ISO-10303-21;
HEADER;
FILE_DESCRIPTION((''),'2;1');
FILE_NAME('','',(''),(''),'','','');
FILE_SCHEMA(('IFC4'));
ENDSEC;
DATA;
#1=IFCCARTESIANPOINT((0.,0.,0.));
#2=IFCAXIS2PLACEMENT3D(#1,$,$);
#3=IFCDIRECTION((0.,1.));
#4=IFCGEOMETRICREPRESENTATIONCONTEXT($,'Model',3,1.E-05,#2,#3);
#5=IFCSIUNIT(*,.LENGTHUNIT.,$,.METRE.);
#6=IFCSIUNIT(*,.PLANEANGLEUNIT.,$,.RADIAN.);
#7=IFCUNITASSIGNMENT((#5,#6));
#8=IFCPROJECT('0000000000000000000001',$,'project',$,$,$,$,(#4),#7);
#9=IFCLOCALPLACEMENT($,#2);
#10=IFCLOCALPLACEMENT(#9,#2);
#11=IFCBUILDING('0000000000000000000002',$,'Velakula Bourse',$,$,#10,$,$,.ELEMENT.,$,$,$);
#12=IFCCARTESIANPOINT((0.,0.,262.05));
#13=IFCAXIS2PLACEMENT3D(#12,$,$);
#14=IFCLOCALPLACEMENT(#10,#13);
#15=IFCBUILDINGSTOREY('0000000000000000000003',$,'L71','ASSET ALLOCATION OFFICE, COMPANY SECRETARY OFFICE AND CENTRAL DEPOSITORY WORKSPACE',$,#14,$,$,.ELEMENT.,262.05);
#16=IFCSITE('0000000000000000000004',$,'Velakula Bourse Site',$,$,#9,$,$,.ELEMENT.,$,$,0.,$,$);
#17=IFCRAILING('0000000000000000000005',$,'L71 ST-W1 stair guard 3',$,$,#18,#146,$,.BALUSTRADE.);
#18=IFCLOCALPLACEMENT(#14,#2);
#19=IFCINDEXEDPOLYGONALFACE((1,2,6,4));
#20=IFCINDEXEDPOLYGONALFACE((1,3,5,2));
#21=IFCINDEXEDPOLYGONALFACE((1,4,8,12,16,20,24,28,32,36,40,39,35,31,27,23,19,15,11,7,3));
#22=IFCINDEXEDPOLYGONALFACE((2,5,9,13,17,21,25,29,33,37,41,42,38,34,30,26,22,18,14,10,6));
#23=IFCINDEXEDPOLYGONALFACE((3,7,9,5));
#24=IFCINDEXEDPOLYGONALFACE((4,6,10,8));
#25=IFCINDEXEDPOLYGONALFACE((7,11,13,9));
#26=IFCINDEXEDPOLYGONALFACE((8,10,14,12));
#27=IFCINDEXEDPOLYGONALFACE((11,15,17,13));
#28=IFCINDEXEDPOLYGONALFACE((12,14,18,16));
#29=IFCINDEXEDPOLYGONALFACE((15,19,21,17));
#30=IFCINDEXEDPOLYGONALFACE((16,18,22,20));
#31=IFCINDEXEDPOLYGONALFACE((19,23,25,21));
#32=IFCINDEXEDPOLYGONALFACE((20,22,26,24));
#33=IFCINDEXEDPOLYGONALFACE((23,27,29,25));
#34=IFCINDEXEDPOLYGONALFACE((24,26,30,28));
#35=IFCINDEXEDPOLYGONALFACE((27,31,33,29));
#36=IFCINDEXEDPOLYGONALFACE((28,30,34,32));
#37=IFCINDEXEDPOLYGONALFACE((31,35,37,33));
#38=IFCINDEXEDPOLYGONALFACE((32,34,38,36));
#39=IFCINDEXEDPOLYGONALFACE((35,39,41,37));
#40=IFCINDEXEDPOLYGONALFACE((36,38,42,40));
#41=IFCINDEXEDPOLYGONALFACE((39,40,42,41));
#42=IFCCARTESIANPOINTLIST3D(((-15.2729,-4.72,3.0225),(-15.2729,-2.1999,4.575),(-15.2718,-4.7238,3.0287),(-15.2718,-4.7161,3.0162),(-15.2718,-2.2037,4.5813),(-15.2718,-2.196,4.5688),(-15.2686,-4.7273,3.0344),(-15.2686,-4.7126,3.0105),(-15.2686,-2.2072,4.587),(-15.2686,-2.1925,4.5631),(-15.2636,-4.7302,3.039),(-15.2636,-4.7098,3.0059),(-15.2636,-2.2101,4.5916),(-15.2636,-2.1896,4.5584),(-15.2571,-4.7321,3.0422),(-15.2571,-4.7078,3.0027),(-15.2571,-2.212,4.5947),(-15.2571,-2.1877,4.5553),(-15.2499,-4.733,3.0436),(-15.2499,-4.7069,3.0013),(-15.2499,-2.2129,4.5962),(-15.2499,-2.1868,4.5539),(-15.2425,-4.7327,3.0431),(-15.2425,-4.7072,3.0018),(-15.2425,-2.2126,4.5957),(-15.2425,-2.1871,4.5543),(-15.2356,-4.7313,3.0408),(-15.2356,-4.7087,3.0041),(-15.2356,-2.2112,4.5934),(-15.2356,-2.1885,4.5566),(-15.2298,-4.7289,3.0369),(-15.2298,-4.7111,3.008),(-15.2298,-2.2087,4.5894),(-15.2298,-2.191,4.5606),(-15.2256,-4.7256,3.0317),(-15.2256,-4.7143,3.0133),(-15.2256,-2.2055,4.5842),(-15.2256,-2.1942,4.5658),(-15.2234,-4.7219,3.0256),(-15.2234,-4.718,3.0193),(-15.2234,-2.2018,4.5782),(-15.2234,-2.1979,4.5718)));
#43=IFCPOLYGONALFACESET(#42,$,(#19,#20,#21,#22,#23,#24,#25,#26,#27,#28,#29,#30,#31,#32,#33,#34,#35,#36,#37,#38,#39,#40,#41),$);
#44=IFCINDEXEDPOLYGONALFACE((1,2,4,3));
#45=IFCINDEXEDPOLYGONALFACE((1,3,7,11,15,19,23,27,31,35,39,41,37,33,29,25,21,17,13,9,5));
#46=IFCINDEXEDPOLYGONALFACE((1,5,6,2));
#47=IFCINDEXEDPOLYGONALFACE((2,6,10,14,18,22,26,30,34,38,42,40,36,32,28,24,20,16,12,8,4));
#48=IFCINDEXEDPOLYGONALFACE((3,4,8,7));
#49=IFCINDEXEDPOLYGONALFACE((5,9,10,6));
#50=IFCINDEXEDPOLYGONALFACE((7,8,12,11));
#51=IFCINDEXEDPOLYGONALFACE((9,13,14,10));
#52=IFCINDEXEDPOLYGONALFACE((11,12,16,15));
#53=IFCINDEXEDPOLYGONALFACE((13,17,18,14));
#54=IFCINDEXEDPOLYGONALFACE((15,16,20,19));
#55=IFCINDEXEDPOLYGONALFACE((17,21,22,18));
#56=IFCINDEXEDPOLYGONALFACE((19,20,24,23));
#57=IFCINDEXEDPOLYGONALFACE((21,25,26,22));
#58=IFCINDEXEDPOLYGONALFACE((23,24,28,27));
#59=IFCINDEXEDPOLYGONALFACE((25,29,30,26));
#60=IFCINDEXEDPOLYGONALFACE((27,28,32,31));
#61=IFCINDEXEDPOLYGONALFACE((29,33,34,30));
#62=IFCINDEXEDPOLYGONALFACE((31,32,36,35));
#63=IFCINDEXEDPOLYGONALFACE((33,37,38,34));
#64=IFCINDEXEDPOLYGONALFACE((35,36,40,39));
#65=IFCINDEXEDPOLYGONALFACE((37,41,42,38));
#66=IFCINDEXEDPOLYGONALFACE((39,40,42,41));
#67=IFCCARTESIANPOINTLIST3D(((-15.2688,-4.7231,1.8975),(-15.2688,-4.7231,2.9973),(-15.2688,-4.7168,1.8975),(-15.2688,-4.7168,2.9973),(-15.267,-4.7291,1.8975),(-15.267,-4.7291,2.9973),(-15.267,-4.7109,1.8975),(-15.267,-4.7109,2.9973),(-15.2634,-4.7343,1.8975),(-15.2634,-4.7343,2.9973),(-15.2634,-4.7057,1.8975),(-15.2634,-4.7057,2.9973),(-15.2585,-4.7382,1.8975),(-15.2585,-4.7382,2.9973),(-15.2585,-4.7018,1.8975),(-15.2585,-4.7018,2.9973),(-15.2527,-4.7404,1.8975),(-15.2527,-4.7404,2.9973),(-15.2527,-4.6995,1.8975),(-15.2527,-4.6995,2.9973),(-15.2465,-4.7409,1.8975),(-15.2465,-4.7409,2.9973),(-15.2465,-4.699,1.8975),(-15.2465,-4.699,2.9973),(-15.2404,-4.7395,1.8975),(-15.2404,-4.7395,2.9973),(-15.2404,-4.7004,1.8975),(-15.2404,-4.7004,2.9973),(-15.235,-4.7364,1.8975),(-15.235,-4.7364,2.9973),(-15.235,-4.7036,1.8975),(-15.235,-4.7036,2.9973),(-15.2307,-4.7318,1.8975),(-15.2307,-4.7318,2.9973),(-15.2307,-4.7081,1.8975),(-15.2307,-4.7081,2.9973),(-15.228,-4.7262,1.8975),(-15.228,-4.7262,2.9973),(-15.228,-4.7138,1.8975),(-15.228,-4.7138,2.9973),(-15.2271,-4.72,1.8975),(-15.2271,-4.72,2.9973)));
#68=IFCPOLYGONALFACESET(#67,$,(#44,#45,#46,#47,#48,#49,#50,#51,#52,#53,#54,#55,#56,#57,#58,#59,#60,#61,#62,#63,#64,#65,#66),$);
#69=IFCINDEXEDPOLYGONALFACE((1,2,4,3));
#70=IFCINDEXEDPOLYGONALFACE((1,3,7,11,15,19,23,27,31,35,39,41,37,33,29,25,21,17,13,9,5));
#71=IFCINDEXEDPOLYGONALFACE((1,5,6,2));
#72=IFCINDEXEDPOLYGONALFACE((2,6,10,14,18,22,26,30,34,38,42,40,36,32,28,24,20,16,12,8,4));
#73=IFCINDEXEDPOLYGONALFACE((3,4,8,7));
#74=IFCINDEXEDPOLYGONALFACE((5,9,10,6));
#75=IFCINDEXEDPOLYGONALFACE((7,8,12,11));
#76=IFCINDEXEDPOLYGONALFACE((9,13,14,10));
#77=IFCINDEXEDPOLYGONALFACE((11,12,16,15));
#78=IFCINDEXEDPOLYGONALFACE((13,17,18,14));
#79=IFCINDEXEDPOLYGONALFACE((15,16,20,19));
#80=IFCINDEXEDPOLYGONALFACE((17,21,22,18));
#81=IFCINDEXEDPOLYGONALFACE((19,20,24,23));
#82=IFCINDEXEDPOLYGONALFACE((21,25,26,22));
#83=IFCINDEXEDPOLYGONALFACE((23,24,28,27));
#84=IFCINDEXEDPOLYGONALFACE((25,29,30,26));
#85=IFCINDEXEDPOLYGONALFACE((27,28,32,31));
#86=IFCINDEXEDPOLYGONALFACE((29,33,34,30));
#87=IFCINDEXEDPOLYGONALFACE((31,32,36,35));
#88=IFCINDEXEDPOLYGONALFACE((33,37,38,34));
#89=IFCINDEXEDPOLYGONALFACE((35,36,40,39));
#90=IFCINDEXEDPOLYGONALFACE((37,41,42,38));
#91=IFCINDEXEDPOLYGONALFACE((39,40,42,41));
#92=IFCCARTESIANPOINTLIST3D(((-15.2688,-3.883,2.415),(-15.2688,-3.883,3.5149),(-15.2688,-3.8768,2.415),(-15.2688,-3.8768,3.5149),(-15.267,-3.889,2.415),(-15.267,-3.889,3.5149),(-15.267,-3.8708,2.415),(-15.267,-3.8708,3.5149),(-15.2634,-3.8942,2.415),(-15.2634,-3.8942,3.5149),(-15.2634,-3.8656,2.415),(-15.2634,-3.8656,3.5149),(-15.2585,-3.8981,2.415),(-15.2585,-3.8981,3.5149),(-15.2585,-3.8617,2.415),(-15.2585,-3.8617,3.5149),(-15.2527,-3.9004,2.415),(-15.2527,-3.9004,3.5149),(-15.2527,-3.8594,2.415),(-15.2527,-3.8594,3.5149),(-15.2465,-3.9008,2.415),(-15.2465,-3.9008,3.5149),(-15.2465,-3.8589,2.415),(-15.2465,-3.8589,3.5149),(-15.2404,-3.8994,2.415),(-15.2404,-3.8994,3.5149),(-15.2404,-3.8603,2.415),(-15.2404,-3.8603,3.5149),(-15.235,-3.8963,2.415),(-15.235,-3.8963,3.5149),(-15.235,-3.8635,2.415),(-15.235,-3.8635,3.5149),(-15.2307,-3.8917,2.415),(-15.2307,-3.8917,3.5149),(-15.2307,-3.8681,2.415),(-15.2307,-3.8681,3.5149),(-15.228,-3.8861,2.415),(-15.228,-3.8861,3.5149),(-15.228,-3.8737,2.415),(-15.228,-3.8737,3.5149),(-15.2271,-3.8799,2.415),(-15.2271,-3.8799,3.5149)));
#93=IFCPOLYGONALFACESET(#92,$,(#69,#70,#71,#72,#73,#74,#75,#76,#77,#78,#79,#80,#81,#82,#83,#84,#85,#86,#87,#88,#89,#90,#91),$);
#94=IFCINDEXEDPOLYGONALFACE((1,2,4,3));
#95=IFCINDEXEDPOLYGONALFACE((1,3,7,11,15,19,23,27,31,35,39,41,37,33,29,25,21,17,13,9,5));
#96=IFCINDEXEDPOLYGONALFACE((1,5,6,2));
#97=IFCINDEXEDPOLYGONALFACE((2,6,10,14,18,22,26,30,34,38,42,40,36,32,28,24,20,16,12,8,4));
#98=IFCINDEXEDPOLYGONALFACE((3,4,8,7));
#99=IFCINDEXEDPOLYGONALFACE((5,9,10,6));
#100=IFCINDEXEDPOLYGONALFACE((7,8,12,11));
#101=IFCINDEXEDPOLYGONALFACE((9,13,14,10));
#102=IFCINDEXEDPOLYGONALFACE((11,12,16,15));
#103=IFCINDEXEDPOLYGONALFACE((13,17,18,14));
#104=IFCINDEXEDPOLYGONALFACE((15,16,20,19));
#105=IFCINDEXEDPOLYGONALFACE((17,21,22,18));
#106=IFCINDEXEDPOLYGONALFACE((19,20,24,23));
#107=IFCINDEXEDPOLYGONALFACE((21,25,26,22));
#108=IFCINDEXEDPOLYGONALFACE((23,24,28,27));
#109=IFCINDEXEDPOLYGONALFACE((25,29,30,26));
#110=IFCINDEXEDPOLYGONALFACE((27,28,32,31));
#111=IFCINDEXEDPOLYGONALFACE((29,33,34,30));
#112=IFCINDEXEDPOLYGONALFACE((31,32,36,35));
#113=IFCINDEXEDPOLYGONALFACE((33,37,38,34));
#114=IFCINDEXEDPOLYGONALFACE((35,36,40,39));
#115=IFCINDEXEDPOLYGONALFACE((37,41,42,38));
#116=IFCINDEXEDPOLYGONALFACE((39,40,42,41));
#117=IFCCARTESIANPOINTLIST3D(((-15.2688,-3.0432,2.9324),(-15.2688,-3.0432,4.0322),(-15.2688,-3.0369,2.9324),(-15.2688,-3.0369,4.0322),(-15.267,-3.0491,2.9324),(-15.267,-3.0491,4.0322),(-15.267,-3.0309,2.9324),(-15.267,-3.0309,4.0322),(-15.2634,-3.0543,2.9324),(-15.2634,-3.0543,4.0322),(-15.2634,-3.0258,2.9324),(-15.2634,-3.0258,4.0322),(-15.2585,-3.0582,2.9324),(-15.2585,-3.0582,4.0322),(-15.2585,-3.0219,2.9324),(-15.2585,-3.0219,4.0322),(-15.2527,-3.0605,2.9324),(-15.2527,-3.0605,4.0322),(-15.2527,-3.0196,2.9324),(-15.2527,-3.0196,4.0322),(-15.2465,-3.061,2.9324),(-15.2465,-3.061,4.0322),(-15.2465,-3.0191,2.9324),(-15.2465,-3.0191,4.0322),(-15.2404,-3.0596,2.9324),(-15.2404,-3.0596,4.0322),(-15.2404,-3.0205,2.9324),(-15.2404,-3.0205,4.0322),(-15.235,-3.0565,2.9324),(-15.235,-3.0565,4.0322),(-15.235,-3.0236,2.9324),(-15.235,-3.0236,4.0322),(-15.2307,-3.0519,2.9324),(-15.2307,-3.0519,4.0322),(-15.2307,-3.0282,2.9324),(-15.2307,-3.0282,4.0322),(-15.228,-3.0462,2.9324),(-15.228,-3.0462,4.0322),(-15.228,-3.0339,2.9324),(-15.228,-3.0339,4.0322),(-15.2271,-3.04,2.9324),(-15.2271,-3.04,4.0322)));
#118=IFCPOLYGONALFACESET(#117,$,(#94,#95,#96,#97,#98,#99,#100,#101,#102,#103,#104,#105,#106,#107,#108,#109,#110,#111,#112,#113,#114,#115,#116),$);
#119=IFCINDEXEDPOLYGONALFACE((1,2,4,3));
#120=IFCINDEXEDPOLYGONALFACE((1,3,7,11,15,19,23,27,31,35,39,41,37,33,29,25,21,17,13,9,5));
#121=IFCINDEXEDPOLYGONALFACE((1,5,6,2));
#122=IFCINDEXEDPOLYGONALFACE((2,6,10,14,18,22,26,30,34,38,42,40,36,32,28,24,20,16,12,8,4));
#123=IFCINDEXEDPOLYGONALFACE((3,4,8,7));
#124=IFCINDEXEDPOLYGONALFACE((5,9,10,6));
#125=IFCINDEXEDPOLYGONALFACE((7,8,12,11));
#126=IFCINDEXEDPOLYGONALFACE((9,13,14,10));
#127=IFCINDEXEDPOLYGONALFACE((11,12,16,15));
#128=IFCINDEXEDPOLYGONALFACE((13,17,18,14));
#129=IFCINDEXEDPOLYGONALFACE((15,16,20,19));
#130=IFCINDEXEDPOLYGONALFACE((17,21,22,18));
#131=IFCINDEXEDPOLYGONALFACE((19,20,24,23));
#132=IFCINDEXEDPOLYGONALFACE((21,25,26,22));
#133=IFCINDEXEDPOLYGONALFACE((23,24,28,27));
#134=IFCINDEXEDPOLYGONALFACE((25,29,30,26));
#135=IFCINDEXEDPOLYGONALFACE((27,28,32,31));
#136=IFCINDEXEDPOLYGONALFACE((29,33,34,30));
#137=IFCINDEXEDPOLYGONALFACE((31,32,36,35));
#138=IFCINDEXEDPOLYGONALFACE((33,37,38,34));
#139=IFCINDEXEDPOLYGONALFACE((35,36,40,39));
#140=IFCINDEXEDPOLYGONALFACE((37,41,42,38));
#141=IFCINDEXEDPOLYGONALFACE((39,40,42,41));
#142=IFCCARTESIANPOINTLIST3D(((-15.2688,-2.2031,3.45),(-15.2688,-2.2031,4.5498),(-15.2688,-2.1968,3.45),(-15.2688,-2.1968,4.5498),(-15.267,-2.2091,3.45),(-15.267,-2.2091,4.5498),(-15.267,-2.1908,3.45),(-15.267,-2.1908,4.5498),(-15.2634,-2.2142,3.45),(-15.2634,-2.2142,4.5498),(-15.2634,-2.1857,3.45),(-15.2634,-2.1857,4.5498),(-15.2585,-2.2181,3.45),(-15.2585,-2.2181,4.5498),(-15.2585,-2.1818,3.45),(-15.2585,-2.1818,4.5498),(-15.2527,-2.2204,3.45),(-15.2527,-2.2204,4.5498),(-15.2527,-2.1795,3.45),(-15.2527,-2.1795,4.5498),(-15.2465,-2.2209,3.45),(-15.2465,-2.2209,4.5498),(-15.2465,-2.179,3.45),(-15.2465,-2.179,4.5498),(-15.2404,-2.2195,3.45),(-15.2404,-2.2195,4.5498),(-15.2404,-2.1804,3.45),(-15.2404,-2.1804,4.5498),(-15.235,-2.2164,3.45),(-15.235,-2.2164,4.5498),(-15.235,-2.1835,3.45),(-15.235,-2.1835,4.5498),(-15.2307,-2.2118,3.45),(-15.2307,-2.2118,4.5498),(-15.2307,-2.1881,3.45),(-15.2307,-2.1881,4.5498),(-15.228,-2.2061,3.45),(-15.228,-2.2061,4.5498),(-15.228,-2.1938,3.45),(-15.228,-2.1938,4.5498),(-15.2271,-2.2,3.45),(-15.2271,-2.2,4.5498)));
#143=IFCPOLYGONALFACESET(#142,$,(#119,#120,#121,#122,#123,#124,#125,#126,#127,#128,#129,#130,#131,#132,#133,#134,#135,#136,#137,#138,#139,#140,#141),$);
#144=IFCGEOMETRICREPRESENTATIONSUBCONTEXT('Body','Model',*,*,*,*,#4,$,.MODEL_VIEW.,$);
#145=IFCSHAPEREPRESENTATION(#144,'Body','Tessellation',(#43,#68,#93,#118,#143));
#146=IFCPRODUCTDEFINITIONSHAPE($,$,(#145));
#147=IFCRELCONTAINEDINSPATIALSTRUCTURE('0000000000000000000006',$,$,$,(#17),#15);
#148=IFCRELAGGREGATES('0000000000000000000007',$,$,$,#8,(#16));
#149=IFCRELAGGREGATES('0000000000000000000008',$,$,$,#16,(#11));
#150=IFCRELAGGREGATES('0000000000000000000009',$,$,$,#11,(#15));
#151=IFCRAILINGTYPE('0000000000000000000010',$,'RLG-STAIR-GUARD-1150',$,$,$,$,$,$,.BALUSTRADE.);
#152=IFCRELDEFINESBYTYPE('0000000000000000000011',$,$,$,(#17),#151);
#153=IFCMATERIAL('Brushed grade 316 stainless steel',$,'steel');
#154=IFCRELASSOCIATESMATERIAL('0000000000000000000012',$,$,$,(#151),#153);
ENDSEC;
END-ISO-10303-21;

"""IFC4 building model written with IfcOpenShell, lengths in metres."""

from ifc_helpers import new_model, si_unit, direction, frame, origin, origin_2d, place, context, subcontext, project, spatial, circle, extrude, material, type_object, element, save


model = new_model("IFC4")

# Units and contexts
model_context = context("Model", 3, precision=1e-05, world=origin(), true_north=direction((0.0, 1.0)))
body_context = subcontext(model_context, "Body", "Model", "MODEL_VIEW")
ifc_project = project(units=[si_unit("LENGTHUNIT", "METRE"), si_unit("PLANEANGLEUNIT", "RADIAN")], contexts=[model_context])

# Site, building, storey
site_placement = place(None, origin())
site = spatial("IfcSite", under=ifc_project, at=site_placement, Name="Velakula Bourse Site", CompositionType="ELEMENT", RefElevation=0.0)
building_placement = place(site_placement, origin())
building = spatial("IfcBuilding", under=site, at=building_placement, Name="Velakula Bourse", CompositionType="ELEMENT")
storey_placement = place(building_placement, frame((0.0, 0.0, 262.05)))
storey = spatial("IfcBuildingStorey", under=building, at=storey_placement, Name="L71", Description="ASSET ALLOCATION OFFICE, COMPANY SECRETARY OFFICE AND CENTRAL DEPOSITORY WORKSPACE", CompositionType="ELEMENT", Elevation=262.05)

# Shared definitions
ifc_material_1 = material(Name="Brushed grade 316 stainless steel", Category="steel")

# Railing
railing_type_1 = type_object("IfcRailingType", Name="RLG-STAIR-GUARD-1150", PredefinedType="BALUSTRADE", material=ifc_material_1)
railing_1_placement = place(storey_placement, frame((-15.248, -4.72, 1.8975)))
element("IfcRailing", 1, at=railing_1_placement, inside=storey, type_object=railing_type_1, Name="L71 ST-W1 stair guard 3", PredefinedType="BALUSTRADE", context=body_context, shape_type="SweptSolid", body=[
    extrude(circle(Radius=0.0249, at=origin_2d()), frame((0.0, 0.0, 1.125), z_axis=(0.0, 0.8514, 0.524516), x_axis=(-1.0, 0.0, 0.0)), (0.0, 0.0, 1.0), 2.96),
    extrude(circle(Radius=0.021, at=origin_2d()), origin(), (0.0, 0.0, 1.0), 1.0999),
    extrude(circle(Radius=0.021, at=origin_2d()), frame((0.0, 0.8401, 0.5176)), (0.0, 0.0, 1.0), 1.0999),
    extrude(circle(Radius=0.021, at=origin_2d()), frame((0.0, 1.6799, 1.0349)), (0.0, 0.0, 1.0), 1.0999),
    extrude(circle(Radius=0.021, at=origin_2d()), frame((0.0, 2.52, 1.5525)), (0.0, 0.0, 1.0), 1.0999),
])

save(model, "model.ifc")
